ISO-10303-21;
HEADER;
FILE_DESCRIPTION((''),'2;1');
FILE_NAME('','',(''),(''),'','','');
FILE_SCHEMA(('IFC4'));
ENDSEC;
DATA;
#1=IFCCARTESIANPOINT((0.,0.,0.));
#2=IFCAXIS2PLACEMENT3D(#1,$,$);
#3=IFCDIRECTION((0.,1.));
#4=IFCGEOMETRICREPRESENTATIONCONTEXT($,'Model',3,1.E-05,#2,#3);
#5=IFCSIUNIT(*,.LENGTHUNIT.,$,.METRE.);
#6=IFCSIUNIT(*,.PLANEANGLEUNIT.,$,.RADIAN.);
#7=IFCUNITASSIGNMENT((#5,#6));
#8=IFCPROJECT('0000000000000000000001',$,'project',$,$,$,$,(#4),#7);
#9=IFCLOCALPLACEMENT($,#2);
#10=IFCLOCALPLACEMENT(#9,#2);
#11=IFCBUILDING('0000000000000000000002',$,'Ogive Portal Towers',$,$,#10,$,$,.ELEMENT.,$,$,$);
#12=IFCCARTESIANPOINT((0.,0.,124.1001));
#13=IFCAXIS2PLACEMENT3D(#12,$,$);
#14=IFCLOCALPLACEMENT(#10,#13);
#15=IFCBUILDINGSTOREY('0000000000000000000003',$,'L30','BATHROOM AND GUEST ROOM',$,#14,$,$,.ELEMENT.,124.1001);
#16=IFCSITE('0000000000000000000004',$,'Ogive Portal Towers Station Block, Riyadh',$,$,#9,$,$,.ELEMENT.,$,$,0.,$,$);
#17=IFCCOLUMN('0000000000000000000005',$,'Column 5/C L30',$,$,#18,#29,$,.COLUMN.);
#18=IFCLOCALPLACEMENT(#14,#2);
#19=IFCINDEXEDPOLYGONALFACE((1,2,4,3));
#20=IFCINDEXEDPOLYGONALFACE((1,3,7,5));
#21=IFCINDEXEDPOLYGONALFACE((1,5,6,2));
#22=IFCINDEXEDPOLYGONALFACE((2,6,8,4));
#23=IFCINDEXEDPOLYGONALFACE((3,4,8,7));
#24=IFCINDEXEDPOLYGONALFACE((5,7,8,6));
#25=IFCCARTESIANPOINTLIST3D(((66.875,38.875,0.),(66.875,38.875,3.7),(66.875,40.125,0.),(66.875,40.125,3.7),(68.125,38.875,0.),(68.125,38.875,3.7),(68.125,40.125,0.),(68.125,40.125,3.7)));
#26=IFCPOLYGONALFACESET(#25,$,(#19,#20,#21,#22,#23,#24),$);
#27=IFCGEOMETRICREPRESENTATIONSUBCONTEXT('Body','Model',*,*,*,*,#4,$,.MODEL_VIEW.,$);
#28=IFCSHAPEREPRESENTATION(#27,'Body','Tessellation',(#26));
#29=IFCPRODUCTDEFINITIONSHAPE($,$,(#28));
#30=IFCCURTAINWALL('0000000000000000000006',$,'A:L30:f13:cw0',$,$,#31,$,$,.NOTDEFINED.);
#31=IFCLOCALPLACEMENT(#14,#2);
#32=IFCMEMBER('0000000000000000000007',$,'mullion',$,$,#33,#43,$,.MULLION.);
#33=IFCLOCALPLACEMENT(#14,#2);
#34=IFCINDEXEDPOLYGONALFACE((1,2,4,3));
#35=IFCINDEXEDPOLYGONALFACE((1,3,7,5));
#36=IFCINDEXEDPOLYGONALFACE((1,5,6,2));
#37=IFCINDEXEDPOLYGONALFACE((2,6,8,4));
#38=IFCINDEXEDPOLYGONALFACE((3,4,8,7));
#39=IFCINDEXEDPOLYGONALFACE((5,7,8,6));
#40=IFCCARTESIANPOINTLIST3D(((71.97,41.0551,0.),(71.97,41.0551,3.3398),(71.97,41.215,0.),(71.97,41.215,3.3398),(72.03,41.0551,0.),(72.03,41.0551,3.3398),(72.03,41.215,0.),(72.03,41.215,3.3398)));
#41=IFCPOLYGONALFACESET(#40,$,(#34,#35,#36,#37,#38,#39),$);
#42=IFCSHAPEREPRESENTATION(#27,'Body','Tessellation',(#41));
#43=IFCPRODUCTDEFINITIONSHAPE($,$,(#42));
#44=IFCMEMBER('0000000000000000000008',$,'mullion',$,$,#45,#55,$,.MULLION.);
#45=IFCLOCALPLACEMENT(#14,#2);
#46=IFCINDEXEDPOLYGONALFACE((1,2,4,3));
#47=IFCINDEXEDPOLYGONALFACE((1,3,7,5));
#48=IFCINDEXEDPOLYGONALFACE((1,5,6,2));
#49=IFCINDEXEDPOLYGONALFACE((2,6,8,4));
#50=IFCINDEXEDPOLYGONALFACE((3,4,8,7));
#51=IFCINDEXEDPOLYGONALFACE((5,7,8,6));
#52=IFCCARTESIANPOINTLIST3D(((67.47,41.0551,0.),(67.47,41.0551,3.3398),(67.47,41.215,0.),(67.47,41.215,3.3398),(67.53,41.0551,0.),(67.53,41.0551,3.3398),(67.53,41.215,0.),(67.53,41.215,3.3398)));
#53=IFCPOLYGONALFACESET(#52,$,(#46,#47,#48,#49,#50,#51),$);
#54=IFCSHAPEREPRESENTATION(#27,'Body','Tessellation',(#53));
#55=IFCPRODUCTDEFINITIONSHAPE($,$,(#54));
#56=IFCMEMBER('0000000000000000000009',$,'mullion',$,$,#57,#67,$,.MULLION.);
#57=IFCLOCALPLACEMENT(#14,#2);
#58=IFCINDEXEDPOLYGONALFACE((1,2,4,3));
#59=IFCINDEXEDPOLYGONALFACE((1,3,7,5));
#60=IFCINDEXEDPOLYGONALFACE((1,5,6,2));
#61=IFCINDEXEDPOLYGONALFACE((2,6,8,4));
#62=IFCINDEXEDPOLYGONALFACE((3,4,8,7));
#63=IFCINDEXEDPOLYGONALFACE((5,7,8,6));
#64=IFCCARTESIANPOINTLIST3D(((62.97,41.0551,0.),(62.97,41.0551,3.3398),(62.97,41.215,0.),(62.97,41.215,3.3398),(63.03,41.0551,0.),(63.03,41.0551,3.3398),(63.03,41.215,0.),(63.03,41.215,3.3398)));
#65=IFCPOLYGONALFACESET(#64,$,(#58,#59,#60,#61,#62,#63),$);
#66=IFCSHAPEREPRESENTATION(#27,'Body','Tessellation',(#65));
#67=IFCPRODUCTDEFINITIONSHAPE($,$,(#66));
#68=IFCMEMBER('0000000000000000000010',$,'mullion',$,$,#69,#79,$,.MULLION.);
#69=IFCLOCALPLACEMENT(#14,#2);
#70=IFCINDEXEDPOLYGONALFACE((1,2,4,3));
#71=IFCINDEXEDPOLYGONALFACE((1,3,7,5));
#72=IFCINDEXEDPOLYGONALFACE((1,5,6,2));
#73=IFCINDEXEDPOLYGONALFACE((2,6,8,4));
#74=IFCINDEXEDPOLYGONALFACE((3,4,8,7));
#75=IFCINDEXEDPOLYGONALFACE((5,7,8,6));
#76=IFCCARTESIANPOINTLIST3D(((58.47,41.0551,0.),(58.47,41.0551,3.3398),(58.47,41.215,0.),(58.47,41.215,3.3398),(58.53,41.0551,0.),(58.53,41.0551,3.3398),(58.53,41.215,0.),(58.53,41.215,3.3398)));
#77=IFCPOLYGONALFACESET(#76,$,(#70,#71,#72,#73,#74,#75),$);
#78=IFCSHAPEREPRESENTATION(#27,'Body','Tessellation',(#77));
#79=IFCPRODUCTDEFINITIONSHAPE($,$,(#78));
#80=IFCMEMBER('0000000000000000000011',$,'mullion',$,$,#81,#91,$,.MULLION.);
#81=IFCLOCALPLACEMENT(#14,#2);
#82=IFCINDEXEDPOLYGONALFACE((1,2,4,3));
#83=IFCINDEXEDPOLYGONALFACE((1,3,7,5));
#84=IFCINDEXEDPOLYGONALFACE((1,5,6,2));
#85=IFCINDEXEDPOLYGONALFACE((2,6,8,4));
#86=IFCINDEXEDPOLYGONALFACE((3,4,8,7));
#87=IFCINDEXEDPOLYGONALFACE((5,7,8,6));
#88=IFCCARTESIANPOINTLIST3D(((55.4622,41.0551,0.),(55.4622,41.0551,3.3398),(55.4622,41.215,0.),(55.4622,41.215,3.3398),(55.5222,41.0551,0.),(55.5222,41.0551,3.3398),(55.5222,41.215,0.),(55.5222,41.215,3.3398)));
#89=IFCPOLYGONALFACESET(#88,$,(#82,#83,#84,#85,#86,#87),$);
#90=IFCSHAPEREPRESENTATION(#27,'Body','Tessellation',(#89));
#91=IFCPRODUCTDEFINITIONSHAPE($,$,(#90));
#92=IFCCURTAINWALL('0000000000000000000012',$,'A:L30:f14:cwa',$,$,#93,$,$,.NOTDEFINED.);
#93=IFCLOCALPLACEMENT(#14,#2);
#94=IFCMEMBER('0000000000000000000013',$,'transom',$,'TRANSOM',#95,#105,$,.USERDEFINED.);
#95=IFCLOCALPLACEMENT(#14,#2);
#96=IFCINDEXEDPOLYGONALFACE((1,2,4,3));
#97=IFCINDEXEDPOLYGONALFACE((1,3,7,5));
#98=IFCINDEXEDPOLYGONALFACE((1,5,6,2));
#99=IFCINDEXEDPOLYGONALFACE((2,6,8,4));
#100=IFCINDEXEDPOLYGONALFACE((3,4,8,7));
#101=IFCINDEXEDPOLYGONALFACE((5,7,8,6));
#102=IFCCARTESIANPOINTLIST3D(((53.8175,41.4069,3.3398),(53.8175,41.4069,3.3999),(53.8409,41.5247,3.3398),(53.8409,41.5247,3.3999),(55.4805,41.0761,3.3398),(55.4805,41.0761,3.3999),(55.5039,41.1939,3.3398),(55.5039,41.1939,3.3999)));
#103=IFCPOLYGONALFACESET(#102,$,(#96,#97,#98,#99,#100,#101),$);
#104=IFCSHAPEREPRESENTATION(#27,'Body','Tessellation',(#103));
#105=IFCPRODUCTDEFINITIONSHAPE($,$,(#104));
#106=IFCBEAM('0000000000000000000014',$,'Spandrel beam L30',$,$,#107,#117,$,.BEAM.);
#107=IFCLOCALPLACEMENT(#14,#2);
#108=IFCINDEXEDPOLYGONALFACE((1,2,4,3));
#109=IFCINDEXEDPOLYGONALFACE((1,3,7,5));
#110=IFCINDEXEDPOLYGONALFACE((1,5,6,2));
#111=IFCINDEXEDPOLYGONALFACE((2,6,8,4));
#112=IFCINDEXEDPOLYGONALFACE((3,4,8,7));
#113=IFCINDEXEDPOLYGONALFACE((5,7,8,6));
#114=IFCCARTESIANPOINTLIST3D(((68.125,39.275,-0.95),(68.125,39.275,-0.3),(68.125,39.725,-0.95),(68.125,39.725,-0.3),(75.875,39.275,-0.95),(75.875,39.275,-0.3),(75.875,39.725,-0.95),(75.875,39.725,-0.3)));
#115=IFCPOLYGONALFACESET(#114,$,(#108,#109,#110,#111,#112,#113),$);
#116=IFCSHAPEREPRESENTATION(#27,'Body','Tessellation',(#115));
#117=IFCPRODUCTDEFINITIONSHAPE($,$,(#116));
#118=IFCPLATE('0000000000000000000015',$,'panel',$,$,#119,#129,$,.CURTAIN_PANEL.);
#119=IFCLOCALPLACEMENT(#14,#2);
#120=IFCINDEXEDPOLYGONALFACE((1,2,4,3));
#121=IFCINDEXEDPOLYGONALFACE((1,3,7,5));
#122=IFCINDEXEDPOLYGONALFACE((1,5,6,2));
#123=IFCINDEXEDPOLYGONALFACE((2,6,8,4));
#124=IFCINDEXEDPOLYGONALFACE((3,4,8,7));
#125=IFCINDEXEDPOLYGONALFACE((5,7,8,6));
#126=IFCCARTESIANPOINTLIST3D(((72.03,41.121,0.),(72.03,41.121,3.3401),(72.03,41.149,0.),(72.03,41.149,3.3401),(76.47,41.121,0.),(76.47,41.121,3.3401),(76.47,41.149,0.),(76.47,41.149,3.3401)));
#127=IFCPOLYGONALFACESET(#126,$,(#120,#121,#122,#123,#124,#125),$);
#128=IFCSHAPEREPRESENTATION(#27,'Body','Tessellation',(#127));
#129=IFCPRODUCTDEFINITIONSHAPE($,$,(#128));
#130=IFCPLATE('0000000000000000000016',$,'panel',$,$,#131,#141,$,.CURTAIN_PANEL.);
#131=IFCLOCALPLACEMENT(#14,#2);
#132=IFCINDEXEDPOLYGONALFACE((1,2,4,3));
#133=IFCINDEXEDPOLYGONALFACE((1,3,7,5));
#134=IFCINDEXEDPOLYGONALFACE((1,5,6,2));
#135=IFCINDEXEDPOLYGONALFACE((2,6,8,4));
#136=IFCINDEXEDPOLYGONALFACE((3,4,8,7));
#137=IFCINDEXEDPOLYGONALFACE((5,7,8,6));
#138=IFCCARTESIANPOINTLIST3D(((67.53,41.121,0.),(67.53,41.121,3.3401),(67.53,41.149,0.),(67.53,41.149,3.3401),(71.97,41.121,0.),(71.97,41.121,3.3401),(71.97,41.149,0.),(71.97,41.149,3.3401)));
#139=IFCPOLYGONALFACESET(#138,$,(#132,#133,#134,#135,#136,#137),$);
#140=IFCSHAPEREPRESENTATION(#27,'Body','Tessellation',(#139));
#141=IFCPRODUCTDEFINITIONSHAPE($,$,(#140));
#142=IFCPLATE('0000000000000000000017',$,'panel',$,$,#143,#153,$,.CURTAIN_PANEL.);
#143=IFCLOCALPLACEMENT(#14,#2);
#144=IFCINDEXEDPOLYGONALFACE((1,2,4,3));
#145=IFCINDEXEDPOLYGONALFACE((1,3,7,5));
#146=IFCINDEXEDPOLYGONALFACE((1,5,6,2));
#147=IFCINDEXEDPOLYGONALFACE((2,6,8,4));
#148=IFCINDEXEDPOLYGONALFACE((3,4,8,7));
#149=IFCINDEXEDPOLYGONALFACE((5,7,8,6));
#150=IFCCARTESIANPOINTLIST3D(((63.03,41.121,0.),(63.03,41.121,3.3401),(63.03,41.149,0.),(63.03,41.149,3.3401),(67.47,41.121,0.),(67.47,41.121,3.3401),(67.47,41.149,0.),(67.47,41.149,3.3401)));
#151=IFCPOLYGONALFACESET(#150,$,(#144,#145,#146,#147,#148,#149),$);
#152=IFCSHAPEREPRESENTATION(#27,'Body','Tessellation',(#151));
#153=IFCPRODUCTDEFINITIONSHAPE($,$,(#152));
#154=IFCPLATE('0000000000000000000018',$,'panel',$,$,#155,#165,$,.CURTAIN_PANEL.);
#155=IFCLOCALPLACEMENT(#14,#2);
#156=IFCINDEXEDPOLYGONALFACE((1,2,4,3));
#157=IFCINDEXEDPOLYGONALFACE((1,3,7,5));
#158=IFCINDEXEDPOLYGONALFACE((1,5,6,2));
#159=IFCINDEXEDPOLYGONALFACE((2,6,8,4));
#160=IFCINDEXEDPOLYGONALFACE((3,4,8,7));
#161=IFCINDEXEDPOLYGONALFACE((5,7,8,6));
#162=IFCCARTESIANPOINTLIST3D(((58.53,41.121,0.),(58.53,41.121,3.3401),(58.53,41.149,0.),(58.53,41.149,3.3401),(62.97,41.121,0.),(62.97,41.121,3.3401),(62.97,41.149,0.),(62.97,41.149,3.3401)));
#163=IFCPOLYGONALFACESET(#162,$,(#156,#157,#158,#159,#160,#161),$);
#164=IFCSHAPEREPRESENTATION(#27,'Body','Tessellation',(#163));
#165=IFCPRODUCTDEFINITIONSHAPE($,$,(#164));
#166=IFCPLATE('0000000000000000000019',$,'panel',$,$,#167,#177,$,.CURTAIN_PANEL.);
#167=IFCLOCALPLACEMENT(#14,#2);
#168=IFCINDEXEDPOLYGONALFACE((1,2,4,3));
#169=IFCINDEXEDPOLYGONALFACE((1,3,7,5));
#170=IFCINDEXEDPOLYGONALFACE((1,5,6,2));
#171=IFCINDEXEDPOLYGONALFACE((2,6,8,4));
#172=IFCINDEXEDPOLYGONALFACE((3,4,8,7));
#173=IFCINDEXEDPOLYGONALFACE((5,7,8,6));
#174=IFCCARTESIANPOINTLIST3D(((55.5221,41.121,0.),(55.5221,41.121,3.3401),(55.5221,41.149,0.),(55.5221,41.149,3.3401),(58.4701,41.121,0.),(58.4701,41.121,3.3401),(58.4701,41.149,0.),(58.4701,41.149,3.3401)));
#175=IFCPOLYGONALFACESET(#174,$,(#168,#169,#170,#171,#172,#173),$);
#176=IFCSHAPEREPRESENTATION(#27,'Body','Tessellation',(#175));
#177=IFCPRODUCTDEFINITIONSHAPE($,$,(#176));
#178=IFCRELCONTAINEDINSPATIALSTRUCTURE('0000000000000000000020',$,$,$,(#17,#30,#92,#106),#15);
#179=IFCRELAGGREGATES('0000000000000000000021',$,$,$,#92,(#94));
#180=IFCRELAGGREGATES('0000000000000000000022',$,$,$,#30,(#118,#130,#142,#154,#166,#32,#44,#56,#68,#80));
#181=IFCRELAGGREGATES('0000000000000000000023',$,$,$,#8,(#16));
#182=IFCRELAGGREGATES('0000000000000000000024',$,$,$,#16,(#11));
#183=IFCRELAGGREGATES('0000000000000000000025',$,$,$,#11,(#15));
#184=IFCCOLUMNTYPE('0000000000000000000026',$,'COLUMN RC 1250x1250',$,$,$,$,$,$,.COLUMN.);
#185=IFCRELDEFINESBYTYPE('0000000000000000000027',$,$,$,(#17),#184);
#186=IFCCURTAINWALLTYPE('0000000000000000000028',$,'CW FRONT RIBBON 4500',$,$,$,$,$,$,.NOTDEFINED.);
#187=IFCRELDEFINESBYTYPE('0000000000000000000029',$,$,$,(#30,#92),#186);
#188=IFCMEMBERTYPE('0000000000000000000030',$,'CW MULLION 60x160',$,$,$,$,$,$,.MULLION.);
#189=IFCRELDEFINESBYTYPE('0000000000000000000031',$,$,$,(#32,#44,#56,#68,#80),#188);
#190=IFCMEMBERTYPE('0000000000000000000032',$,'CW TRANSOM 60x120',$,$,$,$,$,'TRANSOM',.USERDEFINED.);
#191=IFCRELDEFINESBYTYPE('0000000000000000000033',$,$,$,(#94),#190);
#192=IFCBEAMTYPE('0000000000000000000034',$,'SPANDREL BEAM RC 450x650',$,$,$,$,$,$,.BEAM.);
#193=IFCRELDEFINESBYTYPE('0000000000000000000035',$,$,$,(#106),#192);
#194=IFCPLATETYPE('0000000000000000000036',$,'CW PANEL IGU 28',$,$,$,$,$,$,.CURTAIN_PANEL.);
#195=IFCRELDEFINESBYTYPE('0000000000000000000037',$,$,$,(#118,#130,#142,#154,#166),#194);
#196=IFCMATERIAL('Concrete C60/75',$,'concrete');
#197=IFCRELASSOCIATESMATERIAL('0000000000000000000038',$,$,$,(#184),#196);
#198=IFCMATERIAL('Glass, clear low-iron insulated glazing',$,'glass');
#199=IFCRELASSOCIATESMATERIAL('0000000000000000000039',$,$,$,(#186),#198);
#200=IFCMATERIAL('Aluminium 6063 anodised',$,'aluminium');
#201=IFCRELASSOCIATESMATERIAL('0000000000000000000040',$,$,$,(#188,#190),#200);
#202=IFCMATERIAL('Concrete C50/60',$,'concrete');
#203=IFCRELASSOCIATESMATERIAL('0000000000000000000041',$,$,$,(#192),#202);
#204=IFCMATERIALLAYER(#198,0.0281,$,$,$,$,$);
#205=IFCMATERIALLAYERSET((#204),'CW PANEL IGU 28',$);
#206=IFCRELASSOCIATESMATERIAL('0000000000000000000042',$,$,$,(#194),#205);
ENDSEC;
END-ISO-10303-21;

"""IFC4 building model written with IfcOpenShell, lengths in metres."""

from ifc_helpers import new_model, si_unit, direction, frame, origin, origin_2d, place, context, subcontext, project, spatial, rectangle, extrude, material, layer, layer_set, material_profile, profile_set, type_object, element, aggregate, save


model = new_model("IFC4")

# Units and contexts
model_context = context("Model", 3, precision=1e-05, world=origin(), true_north=direction((0.0, 1.0)))
body_context = subcontext(model_context, "Body", "Model", "MODEL_VIEW")
ifc_project = project(units=[si_unit("LENGTHUNIT", "METRE"), si_unit("PLANEANGLEUNIT", "RADIAN")], contexts=[model_context])

# Site, building, storey
site_placement = place(None, origin())
site = spatial("IfcSite", under=ifc_project, at=site_placement, Name="Ogive Portal Towers Station Block, Riyadh", CompositionType="ELEMENT", RefElevation=0.0)
building_placement = place(site_placement, origin())
building = spatial("IfcBuilding", under=site, at=building_placement, Name="Ogive Portal Towers", CompositionType="ELEMENT")
storey_placement = place(building_placement, frame((0.0, 0.0, 124.1001)))
storey = spatial("IfcBuildingStorey", under=building, at=storey_placement, Name="L30", Description="BATHROOM AND GUEST ROOM", CompositionType="ELEMENT", Elevation=124.1001)

# Column
ifc_material_1 = material(Name="Concrete C60/75", Category="concrete")
ifc_material_profile_1 = material_profile(ifc_material_1, rectangle(XDim=1.25, YDim=1.25, at=origin_2d()), Name="RC 1250x1250")
ifc_profile_set_1 = profile_set([ifc_material_profile_1], Name="Concrete C60/75")
column_type = type_object("IfcColumnType", Name="COLUMN RC 1250x1250", PredefinedType="COLUMN", material=ifc_profile_set_1)
column_placement = place(storey_placement, frame((67.5, 39.5, 0.0), z_axis=(0.0, 0.0, 1.0), x_axis=(1.0, 0.0, 0.0)))
element("IfcColumn", 1, at=column_placement, inside=storey, type_object=column_type, Name="Column 5/C L30", PredefinedType="COLUMN", context=body_context, shape_type="SweptSolid", body=[
    extrude(rectangle(XDim=1.25, YDim=1.25, at=origin_2d()), origin(), (0.0, 0.0, 1.0), 3.7),
])

# Curtain wall, members
ifc_material_2 = material(Name="Glass, clear low-iron insulated glazing", Category="glass")
curtain_wall_type = type_object("IfcCurtainWallType", Name="CW FRONT RIBBON 4500", PredefinedType="NOTDEFINED", material=ifc_material_2)
curtain_wall_1_placement = place(storey_placement, origin())
curtain_wall_1 = element("IfcCurtainWall", 2, at=curtain_wall_1_placement, inside=storey, type_object=curtain_wall_type, Name="A:L30:f13:cw0", PredefinedType="NOTDEFINED")
ifc_material_3 = material(Name="Aluminium 6063 anodised", Category="aluminium")
ifc_material_profile_2 = material_profile(ifc_material_3, rectangle(XDim=0.1599, YDim=0.0601, at=origin_2d()), Name="AL 60x160")
ifc_profile_set_2 = profile_set([ifc_material_profile_2], Name="Aluminium 6063 anodised")
member_type_1 = type_object("IfcMemberType", Name="CW MULLION 60x160", PredefinedType="MULLION", material=ifc_profile_set_2)
member_1_placement = place(storey_placement, frame((72.0, 41.135, 0.0), z_axis=(0.0, 0.0, 1.0), x_axis=(0.0, -1.0, 0.0)))
member_1 = element("IfcMember", 3, at=member_1_placement, type_object=member_type_1, Name="mullion", PredefinedType="MULLION", context=body_context, shape_type="SweptSolid", body=[
    extrude(rectangle(XDim=0.1599, YDim=0.0601, at=origin_2d()), origin(), (0.0, 0.0, 1.0), 3.3398),
])
member_2_placement = place(storey_placement, frame((67.5, 41.135, 0.0), z_axis=(0.0, 0.0, 1.0), x_axis=(0.0, -1.0, 0.0)))
member_2 = element("IfcMember", 4, at=member_2_placement, type_object=member_type_1, Name="mullion", PredefinedType="MULLION", context=body_context, shape_type="SweptSolid", body=[
    extrude(rectangle(XDim=0.1599, YDim=0.0601, at=origin_2d()), origin(), (0.0, 0.0, 1.0), 3.3398),
])
member_3_placement = place(storey_placement, frame((63.0, 41.135, 0.0), z_axis=(0.0, 0.0, 1.0), x_axis=(0.0, -1.0, 0.0)))
member_3 = element("IfcMember", 5, at=member_3_placement, type_object=member_type_1, Name="mullion", PredefinedType="MULLION", context=body_context, shape_type="SweptSolid", body=[
    extrude(rectangle(XDim=0.1599, YDim=0.0601, at=origin_2d()), origin(), (0.0, 0.0, 1.0), 3.3398),
])
member_4_placement = place(storey_placement, frame((58.5, 41.135, 0.0), z_axis=(0.0, 0.0, 1.0), x_axis=(0.0, -1.0, 0.0)))
member_4 = element("IfcMember", 6, at=member_4_placement, type_object=member_type_1, Name="mullion", PredefinedType="MULLION", context=body_context, shape_type="SweptSolid", body=[
    extrude(rectangle(XDim=0.1599, YDim=0.0601, at=origin_2d()), origin(), (0.0, 0.0, 1.0), 3.3398),
])
member_5_placement = place(storey_placement, frame((55.4922, 41.135, 0.0), z_axis=(0.0, 0.0, 1.0), x_axis=(0.0, -1.0, 0.0)))
member_5 = element("IfcMember", 7, at=member_5_placement, type_object=member_type_1, Name="mullion", PredefinedType="MULLION", context=body_context, shape_type="SweptSolid", body=[
    extrude(rectangle(XDim=0.1599, YDim=0.0601, at=origin_2d()), origin(), (0.0, 0.0, 1.0), 3.3398),
])

# Curtain wall, member
curtain_wall_2_placement = place(storey_placement, origin())
curtain_wall_2 = element("IfcCurtainWall", 8, at=curtain_wall_2_placement, inside=storey, type_object=curtain_wall_type, Name="A:L30:f14:cwa", PredefinedType="NOTDEFINED")
ifc_material_profile_3 = material_profile(ifc_material_3, rectangle(XDim=0.1201, YDim=0.0601, at=origin_2d()), Name="AL 120x60")
ifc_profile_set_3 = profile_set([ifc_material_profile_3], Name="Aluminium 6063 anodised")
member_type_2 = type_object("IfcMemberType", Name="CW TRANSOM 60x120", ElementType="TRANSOM", PredefinedType="USERDEFINED", material=ifc_profile_set_3)
member_6_placement = place(storey_placement, frame((55.4922, 41.135, 3.3699), z_axis=(-0.980785, 0.195092, 0.0), x_axis=(-0.195092, -0.980785, 0.0)))
member_6 = element("IfcMember", 9, at=member_6_placement, type_object=member_type_2, Name="transom", ObjectType="TRANSOM", PredefinedType="USERDEFINED", context=body_context, shape_type="SweptSolid", body=[
    extrude(rectangle(XDim=0.1201, YDim=0.0601, at=origin_2d()), origin(), (0.0, 0.0, 1.0), 1.6956),
])
aggregate(curtain_wall_2, [member_6])

# Beam
ifc_material_4 = material(Name="Concrete C50/60", Category="concrete")
ifc_material_profile_4 = material_profile(ifc_material_4, rectangle(XDim=0.45, YDim=0.6499, at=origin_2d()), Name="RC 450x650")
ifc_profile_set_4 = profile_set([ifc_material_profile_4], Name="Concrete C50/60")
beam_type = type_object("IfcBeamType", Name="SPANDREL BEAM RC 450x650", PredefinedType="BEAM", material=ifc_profile_set_4)
beam_placement = place(storey_placement, frame((68.125, 39.5, -0.625), z_axis=(1.0, 0.0, 0.0), x_axis=(0.0, 1.0, 0.0)))
element("IfcBeam", 10, at=beam_placement, inside=storey, type_object=beam_type, Name="Spandrel beam L30", PredefinedType="BEAM", context=body_context, shape_type="SweptSolid", body=[
    extrude(rectangle(XDim=0.45, YDim=0.6499, at=origin_2d()), origin(), (0.0, 0.0, 1.0), 7.75),
])

# Plates
ifc_layer_1 = layer(ifc_material_2, 0.0281)
ifc_layer_set_1 = layer_set([ifc_layer_1], Name="CW PANEL IGU 28")
plate_type = type_object("IfcPlateType", Name="CW PANEL IGU 28", PredefinedType="CURTAIN_PANEL", material=ifc_layer_set_1)
plate_1_placement = place(storey_placement, frame((74.25, 41.135, 0.0), z_axis=(0.0, 0.0, 1.0), x_axis=(-1.0, 0.0, 0.0)))
plate_1 = element("IfcPlate", 11, at=plate_1_placement, type_object=plate_type, Name="panel", PredefinedType="CURTAIN_PANEL", context=body_context, shape_type="SweptSolid", body=[
    extrude(rectangle(XDim=4.4399, YDim=0.0281, at=origin_2d()), origin(), (0.0, 0.0, 1.0), 3.3401),
])
plate_2_placement = place(storey_placement, frame((69.75, 41.135, 0.0), z_axis=(0.0, 0.0, 1.0), x_axis=(-1.0, 0.0, 0.0)))
plate_2 = element("IfcPlate", 12, at=plate_2_placement, type_object=plate_type, Name="panel", PredefinedType="CURTAIN_PANEL", context=body_context, shape_type="SweptSolid", body=[
    extrude(rectangle(XDim=4.4399, YDim=0.0281, at=origin_2d()), origin(), (0.0, 0.0, 1.0), 3.3401),
])
plate_3_placement = place(storey_placement, frame((65.25, 41.135, 0.0), z_axis=(0.0, 0.0, 1.0), x_axis=(-1.0, 0.0, 0.0)))
plate_3 = element("IfcPlate", 13, at=plate_3_placement, type_object=plate_type, Name="panel", PredefinedType="CURTAIN_PANEL", context=body_context, shape_type="SweptSolid", body=[
    extrude(rectangle(XDim=4.4399, YDim=0.0281, at=origin_2d()), origin(), (0.0, 0.0, 1.0), 3.3401),
])
plate_4_placement = place(storey_placement, frame((60.75, 41.135, 0.0), z_axis=(0.0, 0.0, 1.0), x_axis=(-1.0, 0.0, 0.0)))
plate_4 = element("IfcPlate", 14, at=plate_4_placement, type_object=plate_type, Name="panel", PredefinedType="CURTAIN_PANEL", context=body_context, shape_type="SweptSolid", body=[
    extrude(rectangle(XDim=4.4399, YDim=0.0281, at=origin_2d()), origin(), (0.0, 0.0, 1.0), 3.3401),
])
plate_5_placement = place(storey_placement, frame((56.9961, 41.135, 0.0), z_axis=(0.0, 0.0, 1.0), x_axis=(-1.0, 0.0, 0.0)))
plate_5 = element("IfcPlate", 15, at=plate_5_placement, type_object=plate_type, Name="panel", PredefinedType="CURTAIN_PANEL", context=body_context, shape_type="SweptSolid", body=[
    extrude(rectangle(XDim=2.948, YDim=0.0281, at=origin_2d()), origin(), (0.0, 0.0, 1.0), 3.3401),
])
aggregate(curtain_wall_1, [plate_1, plate_2, plate_3, plate_4, plate_5, member_1, member_2, member_3, member_4, member_5])

save(model, "model.ifc")
